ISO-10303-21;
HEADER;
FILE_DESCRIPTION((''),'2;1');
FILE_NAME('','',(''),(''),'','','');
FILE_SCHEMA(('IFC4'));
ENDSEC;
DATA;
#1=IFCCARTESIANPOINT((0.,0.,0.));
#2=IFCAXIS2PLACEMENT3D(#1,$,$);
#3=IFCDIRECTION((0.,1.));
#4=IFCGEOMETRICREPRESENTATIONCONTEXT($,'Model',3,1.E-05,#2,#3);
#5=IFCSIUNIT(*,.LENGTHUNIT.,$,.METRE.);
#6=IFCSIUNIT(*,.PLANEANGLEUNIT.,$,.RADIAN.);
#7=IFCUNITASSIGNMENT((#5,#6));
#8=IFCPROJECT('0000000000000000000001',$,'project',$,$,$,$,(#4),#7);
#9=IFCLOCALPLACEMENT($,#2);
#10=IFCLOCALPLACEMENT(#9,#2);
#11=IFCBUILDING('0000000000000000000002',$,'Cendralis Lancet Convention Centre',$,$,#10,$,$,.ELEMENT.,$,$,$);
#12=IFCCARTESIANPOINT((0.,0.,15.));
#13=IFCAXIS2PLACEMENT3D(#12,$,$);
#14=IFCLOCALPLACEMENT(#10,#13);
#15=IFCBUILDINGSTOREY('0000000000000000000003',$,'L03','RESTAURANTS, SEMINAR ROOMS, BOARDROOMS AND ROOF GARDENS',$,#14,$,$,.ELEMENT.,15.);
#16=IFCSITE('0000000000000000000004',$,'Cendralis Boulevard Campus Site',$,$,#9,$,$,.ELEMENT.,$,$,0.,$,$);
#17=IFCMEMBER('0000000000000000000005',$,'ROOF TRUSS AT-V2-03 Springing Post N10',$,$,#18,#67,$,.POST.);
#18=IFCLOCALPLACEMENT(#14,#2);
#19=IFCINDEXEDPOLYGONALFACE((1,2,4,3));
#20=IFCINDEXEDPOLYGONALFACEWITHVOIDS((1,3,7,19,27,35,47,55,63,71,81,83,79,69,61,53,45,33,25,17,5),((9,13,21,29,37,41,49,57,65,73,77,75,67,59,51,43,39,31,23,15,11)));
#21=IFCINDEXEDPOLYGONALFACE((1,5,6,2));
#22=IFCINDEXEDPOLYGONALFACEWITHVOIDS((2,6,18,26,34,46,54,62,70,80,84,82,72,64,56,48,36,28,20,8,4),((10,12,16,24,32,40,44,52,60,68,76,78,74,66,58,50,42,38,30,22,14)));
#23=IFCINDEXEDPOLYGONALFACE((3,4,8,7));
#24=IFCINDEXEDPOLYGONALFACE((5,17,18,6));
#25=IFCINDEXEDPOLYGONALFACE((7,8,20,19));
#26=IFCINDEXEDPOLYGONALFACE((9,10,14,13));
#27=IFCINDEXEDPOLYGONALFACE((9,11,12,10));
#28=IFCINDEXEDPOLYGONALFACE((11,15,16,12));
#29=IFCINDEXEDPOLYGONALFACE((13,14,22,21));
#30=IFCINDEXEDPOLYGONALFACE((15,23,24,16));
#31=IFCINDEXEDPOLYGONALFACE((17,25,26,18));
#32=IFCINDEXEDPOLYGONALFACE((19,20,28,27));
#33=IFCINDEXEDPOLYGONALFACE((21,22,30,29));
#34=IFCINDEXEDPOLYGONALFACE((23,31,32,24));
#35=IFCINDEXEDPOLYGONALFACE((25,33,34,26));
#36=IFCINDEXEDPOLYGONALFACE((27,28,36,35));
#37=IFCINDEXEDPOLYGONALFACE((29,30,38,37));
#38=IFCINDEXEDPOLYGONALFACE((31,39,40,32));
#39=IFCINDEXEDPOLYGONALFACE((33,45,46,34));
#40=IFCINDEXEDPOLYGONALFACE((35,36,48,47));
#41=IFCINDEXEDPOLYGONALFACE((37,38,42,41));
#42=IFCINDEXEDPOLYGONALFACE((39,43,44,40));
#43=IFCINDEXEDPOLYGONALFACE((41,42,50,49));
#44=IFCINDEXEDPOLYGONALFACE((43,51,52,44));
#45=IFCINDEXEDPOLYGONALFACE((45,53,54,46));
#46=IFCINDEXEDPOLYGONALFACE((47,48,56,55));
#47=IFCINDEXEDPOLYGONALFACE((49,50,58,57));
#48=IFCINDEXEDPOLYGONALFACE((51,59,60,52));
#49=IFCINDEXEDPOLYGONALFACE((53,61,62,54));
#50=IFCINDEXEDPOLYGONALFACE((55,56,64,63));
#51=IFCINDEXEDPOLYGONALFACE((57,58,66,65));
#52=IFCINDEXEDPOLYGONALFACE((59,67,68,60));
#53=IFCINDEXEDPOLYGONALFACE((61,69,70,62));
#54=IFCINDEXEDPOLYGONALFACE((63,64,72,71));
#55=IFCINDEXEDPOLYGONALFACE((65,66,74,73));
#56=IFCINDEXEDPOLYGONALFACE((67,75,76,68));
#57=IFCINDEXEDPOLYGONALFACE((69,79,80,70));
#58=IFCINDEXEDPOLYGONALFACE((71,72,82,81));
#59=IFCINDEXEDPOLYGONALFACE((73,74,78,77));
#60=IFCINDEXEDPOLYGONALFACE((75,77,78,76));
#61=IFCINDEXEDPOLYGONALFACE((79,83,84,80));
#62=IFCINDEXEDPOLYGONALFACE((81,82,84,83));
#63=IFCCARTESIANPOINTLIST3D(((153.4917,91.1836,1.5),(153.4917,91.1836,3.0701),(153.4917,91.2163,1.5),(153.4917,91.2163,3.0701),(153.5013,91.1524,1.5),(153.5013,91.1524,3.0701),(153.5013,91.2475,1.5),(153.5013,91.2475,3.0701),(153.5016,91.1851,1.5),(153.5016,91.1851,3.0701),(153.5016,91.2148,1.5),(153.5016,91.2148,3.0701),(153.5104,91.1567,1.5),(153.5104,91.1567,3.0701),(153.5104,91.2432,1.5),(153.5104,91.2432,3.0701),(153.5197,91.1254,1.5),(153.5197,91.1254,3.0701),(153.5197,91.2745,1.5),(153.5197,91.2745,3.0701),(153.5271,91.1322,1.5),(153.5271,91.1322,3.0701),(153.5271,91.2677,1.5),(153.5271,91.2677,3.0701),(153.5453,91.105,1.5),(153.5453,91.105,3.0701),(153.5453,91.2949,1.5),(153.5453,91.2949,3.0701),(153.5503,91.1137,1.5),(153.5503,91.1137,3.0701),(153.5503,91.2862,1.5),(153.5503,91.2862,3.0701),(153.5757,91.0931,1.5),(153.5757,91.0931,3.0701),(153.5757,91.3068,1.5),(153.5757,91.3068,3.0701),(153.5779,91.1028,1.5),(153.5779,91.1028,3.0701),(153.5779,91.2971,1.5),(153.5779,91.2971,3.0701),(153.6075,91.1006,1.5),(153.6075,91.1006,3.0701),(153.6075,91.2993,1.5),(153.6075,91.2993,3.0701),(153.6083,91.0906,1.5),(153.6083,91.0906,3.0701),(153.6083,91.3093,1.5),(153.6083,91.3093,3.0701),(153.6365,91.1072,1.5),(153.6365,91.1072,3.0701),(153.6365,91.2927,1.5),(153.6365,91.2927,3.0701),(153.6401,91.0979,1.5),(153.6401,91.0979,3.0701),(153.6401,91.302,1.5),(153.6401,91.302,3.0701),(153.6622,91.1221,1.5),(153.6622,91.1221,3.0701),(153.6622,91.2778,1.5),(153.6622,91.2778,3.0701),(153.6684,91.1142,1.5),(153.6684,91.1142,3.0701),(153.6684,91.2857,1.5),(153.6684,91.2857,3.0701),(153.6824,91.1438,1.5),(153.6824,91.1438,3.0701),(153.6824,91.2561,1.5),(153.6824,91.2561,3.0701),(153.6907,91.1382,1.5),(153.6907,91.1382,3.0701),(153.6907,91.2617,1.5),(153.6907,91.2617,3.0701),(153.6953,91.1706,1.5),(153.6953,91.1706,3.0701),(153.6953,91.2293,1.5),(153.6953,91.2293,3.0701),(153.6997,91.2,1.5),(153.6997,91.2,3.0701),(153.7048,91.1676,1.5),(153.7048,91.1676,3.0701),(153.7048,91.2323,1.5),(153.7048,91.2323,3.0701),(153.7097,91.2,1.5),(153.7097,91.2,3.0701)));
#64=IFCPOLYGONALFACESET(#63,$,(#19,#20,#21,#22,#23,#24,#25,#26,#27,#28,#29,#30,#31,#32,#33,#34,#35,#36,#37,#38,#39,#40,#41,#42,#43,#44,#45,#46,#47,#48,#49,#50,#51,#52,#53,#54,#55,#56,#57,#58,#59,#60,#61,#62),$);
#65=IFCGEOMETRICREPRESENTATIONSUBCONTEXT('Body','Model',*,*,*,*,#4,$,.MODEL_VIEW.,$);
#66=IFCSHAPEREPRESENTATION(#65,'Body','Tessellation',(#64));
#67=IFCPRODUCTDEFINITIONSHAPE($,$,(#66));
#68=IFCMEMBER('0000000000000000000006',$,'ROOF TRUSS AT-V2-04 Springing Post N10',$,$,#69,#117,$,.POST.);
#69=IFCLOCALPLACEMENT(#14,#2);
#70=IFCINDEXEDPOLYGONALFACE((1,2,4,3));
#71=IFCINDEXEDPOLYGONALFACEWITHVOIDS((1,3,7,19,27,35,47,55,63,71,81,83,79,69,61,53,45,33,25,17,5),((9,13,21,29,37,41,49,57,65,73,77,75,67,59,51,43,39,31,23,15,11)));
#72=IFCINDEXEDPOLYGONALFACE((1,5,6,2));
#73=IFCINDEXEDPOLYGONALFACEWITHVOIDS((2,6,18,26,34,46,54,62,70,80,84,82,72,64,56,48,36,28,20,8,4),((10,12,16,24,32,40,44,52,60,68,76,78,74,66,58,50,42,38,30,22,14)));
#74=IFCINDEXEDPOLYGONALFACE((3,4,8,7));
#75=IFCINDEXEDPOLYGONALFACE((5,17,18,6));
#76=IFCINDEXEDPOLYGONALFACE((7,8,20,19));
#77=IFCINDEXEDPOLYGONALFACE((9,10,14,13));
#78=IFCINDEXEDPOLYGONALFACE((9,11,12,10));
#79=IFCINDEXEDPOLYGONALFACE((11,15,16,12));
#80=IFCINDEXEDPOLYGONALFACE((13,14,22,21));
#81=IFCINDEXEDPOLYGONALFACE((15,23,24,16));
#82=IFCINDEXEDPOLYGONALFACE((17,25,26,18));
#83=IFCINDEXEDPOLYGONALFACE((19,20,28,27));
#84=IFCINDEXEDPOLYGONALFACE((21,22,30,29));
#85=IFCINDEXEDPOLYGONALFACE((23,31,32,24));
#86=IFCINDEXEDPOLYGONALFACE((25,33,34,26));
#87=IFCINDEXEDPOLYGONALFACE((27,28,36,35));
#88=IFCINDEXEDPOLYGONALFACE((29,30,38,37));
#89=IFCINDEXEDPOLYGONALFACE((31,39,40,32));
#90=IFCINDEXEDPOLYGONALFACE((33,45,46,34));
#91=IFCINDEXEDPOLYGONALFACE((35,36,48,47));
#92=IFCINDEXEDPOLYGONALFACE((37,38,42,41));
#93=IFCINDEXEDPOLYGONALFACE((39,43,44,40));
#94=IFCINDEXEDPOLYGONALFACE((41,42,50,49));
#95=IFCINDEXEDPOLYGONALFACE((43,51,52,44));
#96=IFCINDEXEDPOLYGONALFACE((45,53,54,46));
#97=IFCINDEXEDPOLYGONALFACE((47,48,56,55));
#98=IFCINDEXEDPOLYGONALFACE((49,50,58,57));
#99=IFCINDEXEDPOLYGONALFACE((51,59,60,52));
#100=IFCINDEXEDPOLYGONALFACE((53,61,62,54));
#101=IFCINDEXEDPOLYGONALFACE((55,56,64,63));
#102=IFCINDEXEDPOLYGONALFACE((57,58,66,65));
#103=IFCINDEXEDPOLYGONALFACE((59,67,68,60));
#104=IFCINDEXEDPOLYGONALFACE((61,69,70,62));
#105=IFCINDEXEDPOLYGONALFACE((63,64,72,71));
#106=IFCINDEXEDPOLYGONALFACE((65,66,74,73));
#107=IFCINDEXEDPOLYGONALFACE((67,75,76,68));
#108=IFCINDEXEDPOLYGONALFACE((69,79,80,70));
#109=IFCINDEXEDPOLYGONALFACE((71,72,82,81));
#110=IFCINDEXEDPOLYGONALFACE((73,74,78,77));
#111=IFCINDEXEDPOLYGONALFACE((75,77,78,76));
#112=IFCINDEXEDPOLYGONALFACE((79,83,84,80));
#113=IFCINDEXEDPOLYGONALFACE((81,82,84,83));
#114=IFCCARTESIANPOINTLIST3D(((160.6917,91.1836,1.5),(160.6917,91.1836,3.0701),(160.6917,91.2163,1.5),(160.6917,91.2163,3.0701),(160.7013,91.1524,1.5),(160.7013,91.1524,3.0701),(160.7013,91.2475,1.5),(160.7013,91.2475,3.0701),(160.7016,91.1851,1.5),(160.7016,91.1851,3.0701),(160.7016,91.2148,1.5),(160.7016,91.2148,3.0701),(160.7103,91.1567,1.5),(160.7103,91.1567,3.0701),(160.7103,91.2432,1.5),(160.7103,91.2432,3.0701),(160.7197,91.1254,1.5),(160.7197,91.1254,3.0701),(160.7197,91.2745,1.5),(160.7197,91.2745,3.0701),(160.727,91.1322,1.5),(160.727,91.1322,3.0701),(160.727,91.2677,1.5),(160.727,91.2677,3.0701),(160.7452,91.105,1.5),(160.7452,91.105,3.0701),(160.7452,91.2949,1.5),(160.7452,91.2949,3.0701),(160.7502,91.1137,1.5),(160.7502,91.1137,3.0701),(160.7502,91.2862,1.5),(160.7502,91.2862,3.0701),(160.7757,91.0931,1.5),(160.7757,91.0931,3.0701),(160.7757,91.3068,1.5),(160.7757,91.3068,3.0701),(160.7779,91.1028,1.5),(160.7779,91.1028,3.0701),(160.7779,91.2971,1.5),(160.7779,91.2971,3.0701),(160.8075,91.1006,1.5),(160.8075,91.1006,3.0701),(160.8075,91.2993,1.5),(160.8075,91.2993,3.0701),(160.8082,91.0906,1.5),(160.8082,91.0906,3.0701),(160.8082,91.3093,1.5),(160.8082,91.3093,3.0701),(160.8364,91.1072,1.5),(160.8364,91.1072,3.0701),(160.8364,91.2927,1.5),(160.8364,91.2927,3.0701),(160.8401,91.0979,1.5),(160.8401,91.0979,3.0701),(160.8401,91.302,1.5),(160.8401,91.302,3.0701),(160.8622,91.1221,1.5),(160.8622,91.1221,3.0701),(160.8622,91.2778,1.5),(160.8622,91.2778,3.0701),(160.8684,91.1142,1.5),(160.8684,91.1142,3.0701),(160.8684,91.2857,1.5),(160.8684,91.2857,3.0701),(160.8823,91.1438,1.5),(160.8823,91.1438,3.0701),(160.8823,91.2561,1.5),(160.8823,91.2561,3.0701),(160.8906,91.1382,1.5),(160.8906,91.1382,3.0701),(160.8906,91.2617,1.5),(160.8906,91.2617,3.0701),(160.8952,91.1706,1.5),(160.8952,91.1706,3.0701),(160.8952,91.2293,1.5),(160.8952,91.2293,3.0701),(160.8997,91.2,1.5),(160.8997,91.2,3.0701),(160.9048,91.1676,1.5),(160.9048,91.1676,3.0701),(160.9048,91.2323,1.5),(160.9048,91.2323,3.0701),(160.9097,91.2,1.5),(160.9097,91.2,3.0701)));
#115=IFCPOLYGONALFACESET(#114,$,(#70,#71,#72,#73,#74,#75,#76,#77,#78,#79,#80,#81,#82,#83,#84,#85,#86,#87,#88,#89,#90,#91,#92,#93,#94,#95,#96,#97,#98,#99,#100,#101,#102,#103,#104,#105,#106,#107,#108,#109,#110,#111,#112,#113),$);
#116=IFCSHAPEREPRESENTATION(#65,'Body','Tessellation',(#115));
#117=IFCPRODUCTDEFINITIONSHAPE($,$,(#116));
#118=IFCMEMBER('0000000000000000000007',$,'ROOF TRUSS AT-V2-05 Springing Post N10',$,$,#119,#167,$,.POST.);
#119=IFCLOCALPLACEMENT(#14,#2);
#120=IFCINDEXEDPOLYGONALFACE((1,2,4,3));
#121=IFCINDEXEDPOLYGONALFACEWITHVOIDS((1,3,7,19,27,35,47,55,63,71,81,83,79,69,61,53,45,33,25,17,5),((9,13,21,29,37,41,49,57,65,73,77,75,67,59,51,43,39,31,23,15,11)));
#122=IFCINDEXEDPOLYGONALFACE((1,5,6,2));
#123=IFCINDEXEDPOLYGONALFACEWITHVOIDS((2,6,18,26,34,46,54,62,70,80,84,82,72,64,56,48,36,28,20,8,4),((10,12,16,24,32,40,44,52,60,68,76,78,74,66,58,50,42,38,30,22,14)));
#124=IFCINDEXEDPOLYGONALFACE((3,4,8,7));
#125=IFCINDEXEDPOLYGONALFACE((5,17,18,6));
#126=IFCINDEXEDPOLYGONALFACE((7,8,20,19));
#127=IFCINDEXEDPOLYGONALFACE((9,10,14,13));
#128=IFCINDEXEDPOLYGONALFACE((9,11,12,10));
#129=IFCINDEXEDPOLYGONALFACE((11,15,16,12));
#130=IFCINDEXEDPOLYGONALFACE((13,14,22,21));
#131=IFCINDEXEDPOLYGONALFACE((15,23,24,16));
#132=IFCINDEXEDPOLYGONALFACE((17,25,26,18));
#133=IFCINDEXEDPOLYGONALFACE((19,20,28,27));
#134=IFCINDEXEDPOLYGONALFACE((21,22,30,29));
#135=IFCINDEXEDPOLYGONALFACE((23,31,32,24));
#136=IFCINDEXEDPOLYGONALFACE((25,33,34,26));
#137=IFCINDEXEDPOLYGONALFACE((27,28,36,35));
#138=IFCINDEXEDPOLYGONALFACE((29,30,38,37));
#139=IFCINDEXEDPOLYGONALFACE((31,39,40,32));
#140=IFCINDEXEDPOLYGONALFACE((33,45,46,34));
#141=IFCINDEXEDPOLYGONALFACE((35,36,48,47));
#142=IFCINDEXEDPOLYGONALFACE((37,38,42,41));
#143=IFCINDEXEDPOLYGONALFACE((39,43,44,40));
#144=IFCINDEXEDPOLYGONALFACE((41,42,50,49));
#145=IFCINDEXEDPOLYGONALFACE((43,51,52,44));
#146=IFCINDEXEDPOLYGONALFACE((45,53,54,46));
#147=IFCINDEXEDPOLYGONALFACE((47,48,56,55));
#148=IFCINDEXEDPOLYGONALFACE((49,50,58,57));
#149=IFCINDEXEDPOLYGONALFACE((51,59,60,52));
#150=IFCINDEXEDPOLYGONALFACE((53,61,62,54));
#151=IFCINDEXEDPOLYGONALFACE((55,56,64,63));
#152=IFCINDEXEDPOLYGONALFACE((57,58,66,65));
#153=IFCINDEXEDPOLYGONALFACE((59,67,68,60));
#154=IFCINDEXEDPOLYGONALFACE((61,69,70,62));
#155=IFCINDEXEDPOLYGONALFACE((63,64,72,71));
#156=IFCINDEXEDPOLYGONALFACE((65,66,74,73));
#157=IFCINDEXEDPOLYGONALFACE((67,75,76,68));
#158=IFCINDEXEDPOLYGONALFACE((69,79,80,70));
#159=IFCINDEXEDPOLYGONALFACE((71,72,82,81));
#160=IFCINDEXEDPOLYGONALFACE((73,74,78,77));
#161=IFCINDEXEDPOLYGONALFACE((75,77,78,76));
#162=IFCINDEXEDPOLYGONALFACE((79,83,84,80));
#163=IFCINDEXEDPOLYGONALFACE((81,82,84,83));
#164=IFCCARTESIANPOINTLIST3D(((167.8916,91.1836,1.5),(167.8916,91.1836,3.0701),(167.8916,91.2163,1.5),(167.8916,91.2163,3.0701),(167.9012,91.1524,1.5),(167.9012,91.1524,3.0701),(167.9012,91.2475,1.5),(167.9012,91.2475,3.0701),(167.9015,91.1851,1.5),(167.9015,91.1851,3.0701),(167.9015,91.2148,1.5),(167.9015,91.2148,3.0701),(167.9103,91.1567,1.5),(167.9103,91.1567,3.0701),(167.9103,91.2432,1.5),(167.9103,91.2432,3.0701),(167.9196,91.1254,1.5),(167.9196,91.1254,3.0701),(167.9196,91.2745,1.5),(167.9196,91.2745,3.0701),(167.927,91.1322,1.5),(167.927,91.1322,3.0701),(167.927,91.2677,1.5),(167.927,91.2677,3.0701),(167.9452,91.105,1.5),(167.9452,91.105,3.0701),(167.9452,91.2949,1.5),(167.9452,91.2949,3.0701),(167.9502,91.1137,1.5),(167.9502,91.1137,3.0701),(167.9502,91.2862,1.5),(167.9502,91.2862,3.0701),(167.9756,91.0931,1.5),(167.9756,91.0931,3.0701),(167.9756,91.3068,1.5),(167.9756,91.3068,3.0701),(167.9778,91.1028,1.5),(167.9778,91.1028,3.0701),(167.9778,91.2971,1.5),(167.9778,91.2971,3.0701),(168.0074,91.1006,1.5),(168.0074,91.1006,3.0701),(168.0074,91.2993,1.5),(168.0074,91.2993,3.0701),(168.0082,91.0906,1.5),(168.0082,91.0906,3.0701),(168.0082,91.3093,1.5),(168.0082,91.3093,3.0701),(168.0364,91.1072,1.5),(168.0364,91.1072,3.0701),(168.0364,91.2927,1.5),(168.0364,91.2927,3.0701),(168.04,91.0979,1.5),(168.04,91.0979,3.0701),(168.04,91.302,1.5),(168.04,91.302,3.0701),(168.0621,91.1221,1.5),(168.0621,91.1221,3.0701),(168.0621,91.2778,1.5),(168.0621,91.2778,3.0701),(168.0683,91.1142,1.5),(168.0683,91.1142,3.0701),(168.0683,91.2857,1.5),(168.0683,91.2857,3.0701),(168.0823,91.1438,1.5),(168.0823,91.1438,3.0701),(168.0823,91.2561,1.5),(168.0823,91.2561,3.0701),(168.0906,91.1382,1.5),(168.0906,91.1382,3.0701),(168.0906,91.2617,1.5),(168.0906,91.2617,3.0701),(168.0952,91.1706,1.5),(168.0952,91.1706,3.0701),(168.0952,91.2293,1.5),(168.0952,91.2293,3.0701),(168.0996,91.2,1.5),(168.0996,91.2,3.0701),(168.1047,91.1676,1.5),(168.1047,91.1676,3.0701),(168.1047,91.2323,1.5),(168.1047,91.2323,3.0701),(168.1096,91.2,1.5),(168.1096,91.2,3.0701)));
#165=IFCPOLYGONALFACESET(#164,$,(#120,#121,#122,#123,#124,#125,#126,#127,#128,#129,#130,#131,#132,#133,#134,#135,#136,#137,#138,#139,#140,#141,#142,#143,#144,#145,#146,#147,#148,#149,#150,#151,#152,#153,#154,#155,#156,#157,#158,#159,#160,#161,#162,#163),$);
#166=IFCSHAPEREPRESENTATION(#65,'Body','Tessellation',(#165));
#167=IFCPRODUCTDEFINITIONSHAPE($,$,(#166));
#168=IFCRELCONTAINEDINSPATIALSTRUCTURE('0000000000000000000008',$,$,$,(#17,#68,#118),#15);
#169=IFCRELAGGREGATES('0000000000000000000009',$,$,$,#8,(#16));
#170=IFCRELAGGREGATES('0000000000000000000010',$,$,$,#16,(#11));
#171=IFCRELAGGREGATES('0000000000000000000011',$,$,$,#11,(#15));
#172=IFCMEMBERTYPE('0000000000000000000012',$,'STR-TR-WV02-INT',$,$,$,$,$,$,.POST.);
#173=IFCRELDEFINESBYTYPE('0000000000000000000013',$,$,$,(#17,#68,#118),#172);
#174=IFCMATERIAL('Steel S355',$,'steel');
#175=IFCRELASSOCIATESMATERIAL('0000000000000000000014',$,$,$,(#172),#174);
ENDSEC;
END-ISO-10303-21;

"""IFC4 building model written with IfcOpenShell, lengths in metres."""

from ifc_helpers import new_model, si_unit, direction, frame, origin, origin_2d, place, context, subcontext, project, spatial, hollow_circle, extrude, material, material_profile, profile_set, type_object, element, save


model = new_model("IFC4")

# Units and contexts
model_context = context("Model", 3, precision=1e-05, world=origin(), true_north=direction((0.0, 1.0)))
body_context = subcontext(model_context, "Body", "Model", "MODEL_VIEW")
ifc_project = project(units=[si_unit("LENGTHUNIT", "METRE"), si_unit("PLANEANGLEUNIT", "RADIAN")], contexts=[model_context])

# Site, building, storey
site_placement = place(None, origin())
site = spatial("IfcSite", under=ifc_project, at=site_placement, Name="Cendralis Boulevard Campus Site", CompositionType="ELEMENT", RefElevation=0.0)
building_placement = place(site_placement, origin())
building = spatial("IfcBuilding", under=site, at=building_placement, Name="Cendralis Lancet Convention Centre", CompositionType="ELEMENT")
storey_placement = place(building_placement, frame((0.0, 0.0, 15.0)))
storey = spatial("IfcBuildingStorey", under=building, at=storey_placement, Name="L03", Description="RESTAURANTS, SEMINAR ROOMS, BOARDROOMS AND ROOF GARDENS", CompositionType="ELEMENT", Elevation=15.0)

# Shared definitions
ifc_material_1 = material(Name="Steel S355", Category="steel")

# Members
ifc_material_profile_1 = material_profile(ifc_material_1, hollow_circle(Radius=0.1096, WallThickness=0.01, at=origin_2d()), Name="CHS 219.1x10.0")
ifc_profile_set_1 = profile_set([ifc_material_profile_1], Name="Steel S355")
member_type_1 = type_object("IfcMemberType", Name="STR-TR-WV02-INT", PredefinedType="POST", material=ifc_profile_set_1)
for number, where, z_axis, x_axis, name in (
    (1, (153.6001, 91.2, 1.5), (0.0, 0.0, 1.0), (1.0, 0.0, 0.0), "ROOF TRUSS AT-V2-03 Springing Post N10"),
    (2, (160.8, 91.2, 1.5), (0.0, 0.0, 1.0), (1.0, 0.0, 0.0), "ROOF TRUSS AT-V2-04 Springing Post N10"),
    (3, (168.0, 91.2, 1.5), (0.0, 0.0, 1.0), (1.0, 0.0, 0.0), "ROOF TRUSS AT-V2-05 Springing Post N10"),
):
    element("IfcMember", number, at=place(storey_placement, frame(where, z_axis=z_axis, x_axis=x_axis)), inside=storey, type_object=member_type_1, Name=name, PredefinedType="POST", context=body_context, shape_type="SweptSolid", body=[
        extrude(hollow_circle(Radius=0.1096, WallThickness=0.01, at=origin_2d()), origin(), (0.0, 0.0, 1.0), 1.5701),
    ])

save(model, "model.ifc")
